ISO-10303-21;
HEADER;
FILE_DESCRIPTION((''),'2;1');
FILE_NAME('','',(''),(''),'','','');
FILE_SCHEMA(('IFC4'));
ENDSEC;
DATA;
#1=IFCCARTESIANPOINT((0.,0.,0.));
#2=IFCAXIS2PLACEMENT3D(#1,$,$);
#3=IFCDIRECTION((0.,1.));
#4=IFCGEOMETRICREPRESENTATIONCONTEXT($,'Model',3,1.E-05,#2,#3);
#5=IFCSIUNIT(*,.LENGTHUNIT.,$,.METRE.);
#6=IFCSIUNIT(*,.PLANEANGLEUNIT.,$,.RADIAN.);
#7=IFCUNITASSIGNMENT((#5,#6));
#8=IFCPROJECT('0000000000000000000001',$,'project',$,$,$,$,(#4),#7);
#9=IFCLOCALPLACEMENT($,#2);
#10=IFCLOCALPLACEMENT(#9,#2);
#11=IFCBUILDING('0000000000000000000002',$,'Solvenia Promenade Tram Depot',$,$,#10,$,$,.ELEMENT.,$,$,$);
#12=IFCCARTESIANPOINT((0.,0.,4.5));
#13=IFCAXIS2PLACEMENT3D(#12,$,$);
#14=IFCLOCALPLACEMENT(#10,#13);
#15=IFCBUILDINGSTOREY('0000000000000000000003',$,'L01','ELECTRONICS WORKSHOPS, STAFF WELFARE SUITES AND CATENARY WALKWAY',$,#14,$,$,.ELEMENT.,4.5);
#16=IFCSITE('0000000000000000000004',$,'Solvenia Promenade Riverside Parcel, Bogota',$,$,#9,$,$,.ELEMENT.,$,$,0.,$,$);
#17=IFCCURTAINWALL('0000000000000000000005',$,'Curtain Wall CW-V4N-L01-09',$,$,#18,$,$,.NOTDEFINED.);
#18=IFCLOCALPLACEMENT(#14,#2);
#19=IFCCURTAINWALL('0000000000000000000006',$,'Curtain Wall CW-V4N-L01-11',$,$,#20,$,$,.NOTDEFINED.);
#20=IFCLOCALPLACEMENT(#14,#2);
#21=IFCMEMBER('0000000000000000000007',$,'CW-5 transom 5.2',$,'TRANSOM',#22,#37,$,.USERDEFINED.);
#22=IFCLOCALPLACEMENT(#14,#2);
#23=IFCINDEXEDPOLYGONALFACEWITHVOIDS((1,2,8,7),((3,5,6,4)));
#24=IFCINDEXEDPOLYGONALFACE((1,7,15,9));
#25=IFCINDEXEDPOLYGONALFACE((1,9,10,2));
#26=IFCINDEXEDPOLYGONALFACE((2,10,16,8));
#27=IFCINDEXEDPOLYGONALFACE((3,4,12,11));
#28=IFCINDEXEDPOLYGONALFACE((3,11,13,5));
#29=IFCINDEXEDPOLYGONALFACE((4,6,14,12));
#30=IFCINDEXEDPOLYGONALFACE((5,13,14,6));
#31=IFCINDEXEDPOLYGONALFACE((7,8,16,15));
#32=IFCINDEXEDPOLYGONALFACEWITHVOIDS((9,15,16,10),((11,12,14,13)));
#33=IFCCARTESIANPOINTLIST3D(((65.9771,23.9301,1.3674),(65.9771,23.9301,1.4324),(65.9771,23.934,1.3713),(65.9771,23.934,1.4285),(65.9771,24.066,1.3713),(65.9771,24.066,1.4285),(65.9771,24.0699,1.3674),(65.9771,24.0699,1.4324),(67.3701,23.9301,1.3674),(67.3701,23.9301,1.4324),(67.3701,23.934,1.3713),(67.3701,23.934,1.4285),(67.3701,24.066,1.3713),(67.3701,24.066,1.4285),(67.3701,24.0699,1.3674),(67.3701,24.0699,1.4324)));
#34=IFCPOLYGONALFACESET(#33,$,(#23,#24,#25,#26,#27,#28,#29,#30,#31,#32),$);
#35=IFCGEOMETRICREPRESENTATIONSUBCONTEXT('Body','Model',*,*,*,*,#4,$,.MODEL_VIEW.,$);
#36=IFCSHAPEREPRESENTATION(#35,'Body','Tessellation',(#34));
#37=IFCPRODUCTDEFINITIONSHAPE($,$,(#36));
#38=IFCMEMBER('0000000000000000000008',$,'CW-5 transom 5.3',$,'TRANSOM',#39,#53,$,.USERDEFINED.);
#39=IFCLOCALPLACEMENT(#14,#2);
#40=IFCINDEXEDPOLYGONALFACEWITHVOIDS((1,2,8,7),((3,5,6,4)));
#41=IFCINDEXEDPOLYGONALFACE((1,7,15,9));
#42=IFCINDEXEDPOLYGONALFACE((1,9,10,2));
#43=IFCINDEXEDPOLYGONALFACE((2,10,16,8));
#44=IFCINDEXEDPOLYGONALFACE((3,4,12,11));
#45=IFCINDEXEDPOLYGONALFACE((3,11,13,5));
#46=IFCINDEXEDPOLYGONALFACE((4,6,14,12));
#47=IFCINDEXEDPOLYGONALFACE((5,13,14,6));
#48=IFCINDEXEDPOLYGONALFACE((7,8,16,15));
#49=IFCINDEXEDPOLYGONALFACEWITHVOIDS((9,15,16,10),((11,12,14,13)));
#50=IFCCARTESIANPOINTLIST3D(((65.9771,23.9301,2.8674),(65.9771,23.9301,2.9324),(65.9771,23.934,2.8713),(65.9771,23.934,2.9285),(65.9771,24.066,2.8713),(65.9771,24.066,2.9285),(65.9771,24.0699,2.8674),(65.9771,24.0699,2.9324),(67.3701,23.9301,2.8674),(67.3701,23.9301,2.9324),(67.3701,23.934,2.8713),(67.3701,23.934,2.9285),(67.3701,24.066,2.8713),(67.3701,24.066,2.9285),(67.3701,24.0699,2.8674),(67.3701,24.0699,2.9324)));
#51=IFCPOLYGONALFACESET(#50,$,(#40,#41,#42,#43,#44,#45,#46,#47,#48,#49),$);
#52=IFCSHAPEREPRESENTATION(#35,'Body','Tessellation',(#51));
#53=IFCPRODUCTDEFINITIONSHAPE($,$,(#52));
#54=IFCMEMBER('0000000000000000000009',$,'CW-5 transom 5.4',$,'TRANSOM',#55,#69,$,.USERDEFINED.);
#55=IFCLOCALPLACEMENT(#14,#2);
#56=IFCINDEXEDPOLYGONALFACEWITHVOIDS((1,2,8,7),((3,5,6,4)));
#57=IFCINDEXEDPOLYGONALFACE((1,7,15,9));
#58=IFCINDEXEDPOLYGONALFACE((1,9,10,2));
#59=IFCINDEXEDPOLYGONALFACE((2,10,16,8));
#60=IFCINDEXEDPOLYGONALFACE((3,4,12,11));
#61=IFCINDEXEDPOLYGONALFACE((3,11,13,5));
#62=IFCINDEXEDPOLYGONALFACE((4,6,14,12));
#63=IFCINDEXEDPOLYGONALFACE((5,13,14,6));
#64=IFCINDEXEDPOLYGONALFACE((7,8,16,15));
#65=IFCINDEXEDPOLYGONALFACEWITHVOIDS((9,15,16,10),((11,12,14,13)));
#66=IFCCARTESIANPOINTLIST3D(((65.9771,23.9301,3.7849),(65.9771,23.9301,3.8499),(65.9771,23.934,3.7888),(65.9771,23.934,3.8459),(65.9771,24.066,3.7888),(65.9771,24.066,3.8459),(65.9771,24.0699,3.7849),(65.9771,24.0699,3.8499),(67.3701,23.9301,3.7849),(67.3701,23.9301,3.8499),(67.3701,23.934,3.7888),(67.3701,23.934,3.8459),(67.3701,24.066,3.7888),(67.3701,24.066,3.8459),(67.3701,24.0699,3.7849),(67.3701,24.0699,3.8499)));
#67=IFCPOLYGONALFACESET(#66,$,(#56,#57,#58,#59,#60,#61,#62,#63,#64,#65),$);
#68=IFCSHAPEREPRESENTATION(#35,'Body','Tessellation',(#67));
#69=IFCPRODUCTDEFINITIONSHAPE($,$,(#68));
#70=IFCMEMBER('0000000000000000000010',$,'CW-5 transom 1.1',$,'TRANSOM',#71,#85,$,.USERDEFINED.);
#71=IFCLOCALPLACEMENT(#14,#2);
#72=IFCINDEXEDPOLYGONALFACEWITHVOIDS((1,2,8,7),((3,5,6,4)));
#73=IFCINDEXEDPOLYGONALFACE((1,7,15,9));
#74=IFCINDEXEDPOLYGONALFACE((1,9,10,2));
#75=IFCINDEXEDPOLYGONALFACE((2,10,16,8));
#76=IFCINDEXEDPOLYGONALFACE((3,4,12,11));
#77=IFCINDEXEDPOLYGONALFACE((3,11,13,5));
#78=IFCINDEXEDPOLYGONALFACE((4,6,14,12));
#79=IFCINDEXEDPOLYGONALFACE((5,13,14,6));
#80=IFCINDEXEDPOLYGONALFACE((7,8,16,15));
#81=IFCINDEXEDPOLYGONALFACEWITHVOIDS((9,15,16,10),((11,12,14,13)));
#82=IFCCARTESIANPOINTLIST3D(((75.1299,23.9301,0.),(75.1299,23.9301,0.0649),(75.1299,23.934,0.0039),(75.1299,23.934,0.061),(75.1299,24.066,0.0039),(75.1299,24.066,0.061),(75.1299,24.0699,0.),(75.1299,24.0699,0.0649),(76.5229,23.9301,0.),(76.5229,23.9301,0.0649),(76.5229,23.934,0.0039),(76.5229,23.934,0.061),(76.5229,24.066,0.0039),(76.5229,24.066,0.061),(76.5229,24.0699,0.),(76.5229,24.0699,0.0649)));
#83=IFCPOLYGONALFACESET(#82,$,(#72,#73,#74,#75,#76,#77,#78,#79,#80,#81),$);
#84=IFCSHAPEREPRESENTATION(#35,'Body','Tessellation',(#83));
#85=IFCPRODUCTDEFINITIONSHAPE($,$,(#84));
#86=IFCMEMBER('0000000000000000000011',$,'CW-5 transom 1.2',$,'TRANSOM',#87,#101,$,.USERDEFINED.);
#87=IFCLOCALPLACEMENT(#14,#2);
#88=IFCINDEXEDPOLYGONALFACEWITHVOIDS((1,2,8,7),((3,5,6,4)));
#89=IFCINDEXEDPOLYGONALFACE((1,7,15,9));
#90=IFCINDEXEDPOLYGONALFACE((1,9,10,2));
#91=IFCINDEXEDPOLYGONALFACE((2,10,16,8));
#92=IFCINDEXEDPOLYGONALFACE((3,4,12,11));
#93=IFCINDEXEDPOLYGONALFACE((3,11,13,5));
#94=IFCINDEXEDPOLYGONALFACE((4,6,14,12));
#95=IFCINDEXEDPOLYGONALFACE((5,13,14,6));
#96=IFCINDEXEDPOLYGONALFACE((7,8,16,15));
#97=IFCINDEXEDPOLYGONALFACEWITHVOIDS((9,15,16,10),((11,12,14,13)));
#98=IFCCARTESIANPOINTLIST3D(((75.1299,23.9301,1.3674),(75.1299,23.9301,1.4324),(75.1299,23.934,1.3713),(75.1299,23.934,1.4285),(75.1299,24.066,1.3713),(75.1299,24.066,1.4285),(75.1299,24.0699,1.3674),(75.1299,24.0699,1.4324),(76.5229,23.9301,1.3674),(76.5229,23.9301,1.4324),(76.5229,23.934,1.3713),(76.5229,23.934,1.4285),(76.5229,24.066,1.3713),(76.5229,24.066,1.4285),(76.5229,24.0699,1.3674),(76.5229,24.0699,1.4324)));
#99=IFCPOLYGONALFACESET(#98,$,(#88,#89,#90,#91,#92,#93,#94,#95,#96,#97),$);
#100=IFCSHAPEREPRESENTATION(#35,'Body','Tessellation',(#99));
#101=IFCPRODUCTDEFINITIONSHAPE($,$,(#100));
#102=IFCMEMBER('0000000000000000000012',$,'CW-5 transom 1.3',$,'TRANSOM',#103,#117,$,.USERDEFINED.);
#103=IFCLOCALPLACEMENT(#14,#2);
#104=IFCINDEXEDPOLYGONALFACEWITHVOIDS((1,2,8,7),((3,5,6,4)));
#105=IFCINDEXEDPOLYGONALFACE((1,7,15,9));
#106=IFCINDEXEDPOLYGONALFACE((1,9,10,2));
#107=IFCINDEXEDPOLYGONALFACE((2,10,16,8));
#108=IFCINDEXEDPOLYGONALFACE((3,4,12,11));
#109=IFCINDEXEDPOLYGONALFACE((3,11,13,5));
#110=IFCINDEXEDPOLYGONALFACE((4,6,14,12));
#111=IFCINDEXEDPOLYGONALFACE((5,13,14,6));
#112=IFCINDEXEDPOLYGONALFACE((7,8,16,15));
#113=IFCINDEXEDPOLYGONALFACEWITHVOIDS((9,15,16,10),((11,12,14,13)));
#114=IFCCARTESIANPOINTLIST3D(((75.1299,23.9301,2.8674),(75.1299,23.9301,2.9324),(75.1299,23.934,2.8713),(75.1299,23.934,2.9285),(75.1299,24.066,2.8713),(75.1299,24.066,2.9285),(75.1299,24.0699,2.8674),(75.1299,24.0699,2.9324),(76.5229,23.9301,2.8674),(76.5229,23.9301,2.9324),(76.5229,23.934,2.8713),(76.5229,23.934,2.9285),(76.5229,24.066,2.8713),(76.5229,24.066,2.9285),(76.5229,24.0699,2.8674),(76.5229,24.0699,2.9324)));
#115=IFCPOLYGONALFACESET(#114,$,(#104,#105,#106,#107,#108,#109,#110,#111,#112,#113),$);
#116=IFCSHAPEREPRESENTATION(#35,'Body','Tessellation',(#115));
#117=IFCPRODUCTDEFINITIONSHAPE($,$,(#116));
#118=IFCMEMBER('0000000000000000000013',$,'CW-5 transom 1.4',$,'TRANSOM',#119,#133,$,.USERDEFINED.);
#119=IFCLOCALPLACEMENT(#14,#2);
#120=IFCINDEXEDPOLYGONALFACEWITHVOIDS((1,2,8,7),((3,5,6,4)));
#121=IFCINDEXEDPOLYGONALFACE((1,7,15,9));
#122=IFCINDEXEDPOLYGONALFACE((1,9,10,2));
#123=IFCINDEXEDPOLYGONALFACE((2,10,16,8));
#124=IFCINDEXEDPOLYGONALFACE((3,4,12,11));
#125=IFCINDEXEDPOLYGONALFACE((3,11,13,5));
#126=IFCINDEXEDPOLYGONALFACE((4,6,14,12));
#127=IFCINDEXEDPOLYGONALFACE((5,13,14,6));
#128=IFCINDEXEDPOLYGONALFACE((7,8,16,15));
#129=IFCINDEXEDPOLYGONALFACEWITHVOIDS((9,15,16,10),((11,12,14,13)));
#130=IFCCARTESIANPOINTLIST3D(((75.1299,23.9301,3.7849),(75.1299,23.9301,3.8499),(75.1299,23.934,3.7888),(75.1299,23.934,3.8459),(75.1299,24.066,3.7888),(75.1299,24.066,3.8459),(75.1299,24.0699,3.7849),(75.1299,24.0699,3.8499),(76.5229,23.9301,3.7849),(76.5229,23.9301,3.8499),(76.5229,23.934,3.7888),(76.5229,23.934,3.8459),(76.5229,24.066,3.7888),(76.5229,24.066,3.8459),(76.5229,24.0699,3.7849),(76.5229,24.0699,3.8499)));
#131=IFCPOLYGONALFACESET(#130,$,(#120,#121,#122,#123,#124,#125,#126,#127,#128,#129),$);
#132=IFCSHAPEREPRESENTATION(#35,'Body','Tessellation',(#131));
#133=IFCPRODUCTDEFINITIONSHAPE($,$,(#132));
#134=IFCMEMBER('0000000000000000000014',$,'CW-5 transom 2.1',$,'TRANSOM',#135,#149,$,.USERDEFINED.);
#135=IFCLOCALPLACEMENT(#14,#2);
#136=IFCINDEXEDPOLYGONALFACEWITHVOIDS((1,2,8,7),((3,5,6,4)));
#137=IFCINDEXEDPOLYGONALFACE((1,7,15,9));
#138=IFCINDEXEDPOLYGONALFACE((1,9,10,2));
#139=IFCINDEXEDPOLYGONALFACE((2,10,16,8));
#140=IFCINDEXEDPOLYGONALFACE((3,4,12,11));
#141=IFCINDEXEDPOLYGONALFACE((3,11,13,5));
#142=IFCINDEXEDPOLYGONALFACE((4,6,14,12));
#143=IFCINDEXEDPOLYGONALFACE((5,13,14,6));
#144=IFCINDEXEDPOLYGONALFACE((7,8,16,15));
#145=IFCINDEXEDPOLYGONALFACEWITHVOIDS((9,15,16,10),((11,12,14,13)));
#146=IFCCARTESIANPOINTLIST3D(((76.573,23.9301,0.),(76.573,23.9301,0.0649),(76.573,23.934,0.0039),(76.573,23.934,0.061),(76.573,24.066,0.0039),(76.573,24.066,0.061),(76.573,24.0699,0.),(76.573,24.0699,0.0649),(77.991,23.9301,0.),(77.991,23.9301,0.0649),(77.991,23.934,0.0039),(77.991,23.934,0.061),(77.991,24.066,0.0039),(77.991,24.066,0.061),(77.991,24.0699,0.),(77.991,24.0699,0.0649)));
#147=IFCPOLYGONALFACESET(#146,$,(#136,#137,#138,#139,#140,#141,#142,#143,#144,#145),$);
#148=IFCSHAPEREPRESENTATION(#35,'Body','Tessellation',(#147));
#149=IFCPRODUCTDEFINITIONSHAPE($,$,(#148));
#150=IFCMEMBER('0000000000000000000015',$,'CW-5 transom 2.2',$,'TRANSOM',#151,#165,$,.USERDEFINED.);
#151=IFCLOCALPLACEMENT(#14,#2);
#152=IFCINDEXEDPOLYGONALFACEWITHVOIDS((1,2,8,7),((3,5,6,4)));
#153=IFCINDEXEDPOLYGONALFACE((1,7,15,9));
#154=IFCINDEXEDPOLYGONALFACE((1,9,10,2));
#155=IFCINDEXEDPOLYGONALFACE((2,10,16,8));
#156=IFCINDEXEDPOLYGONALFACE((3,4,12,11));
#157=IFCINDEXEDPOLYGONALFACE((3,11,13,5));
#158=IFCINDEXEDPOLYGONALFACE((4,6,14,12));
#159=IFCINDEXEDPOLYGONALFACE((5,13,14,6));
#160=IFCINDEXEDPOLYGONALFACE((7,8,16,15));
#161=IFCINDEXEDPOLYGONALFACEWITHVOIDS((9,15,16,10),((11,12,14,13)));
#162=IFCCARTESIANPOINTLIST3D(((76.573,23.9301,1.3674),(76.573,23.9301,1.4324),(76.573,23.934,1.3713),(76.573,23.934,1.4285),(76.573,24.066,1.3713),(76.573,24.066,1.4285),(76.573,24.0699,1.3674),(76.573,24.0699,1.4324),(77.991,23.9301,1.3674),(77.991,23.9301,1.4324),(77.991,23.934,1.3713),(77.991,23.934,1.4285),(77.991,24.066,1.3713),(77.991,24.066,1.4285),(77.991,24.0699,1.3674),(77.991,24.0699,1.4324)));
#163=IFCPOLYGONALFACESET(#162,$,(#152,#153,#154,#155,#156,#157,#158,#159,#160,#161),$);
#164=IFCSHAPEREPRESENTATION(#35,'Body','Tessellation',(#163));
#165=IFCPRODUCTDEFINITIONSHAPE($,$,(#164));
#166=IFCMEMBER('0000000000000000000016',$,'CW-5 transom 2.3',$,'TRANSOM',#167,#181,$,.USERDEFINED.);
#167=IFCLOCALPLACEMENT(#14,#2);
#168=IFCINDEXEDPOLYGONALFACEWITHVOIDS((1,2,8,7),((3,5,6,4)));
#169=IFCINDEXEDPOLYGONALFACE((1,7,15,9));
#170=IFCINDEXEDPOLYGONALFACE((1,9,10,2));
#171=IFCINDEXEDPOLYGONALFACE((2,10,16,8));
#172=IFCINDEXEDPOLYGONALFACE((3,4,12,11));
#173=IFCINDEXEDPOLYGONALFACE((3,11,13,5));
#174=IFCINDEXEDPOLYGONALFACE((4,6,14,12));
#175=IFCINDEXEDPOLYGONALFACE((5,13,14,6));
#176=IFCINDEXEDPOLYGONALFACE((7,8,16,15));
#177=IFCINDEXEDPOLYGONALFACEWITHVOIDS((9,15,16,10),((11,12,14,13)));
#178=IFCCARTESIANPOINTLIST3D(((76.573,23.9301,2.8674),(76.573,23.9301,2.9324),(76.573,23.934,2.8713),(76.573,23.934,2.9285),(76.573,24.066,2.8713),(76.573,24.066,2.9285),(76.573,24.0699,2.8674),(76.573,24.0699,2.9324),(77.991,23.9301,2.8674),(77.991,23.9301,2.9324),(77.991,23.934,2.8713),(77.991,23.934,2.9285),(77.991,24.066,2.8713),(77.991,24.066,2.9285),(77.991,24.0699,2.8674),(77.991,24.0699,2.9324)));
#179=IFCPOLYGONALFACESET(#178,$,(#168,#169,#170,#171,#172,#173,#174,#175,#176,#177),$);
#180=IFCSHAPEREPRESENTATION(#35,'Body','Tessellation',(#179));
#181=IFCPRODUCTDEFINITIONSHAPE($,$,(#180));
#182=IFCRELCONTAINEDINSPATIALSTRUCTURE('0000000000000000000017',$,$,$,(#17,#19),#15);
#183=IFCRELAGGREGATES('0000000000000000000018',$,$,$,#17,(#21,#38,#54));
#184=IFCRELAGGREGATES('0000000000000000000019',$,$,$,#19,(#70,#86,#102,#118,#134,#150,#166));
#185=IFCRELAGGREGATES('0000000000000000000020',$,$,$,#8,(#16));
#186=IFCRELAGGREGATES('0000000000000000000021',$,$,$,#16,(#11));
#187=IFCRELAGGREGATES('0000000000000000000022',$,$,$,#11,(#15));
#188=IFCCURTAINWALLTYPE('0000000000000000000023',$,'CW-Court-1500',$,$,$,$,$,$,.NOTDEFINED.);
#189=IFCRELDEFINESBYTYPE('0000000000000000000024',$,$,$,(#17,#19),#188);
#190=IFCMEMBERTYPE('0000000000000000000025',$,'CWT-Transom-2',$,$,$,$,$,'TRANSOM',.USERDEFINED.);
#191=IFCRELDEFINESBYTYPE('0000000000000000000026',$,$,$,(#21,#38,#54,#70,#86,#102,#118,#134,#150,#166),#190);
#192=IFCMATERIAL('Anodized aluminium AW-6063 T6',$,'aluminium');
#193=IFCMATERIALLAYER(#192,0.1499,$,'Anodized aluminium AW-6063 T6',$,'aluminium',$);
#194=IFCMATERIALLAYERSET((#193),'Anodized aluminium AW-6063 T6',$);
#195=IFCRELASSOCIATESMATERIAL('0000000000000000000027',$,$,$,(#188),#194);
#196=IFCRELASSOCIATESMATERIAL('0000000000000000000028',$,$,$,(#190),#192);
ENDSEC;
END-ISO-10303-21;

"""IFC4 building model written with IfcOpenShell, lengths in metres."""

from ifc_helpers import new_model, si_unit, direction, frame, origin, origin_2d, place, context, subcontext, project, spatial, hollow_rectangle, extrude, material, layer, layer_set, material_profile, profile_set, type_object, element, aggregate, save


model = new_model("IFC4")

# Units and contexts
model_context = context("Model", 3, precision=1e-05, world=origin(), true_north=direction((0.0, 1.0)))
body_context = subcontext(model_context, "Body", "Model", "MODEL_VIEW")
ifc_project = project(units=[si_unit("LENGTHUNIT", "METRE"), si_unit("PLANEANGLEUNIT", "RADIAN")], contexts=[model_context])

# Site, building, storey
site_placement = place(None, origin())
site = spatial("IfcSite", under=ifc_project, at=site_placement, Name="Solvenia Promenade Riverside Parcel, Bogota", CompositionType="ELEMENT", RefElevation=0.0)
building_placement = place(site_placement, origin())
building = spatial("IfcBuilding", under=site, at=building_placement, Name="Solvenia Promenade Tram Depot", CompositionType="ELEMENT")
storey_placement = place(building_placement, frame((0.0, 0.0, 4.5)))
storey = spatial("IfcBuildingStorey", under=building, at=storey_placement, Name="L01", Description="ELECTRONICS WORKSHOPS, STAFF WELFARE SUITES AND CATENARY WALKWAY", CompositionType="ELEMENT", Elevation=4.5)

# Curtain walls
ifc_material_1 = material(Name="Anodized aluminium AW-6063 T6", Category="aluminium")
ifc_layer_1 = layer(ifc_material_1, 0.1499, Name="Anodized aluminium AW-6063 T6", Category="aluminium")
ifc_layer_set_1 = layer_set([ifc_layer_1], Name="Anodized aluminium AW-6063 T6")
curtain_wall_type = type_object("IfcCurtainWallType", Name="CW-Court-1500", PredefinedType="NOTDEFINED", material=ifc_layer_set_1)
curtain_wall_1_placement = place(storey_placement, origin())
curtain_wall_1 = element("IfcCurtainWall", 1, at=curtain_wall_1_placement, inside=storey, type_object=curtain_wall_type, Name="Curtain Wall CW-V4N-L01-09", PredefinedType="NOTDEFINED")
curtain_wall_2_placement = place(storey_placement, origin())
curtain_wall_2 = element("IfcCurtainWall", 2, at=curtain_wall_2_placement, inside=storey, type_object=curtain_wall_type, Name="Curtain Wall CW-V4N-L01-11", PredefinedType="NOTDEFINED")

# Members
ifc_material_profile_1 = material_profile(ifc_material_1, hollow_rectangle(XDim=0.1399, YDim=0.0649, WallThickness=0.0039, at=origin_2d()), Name="ALU-T2", Category="aluminium")
ifc_profile_set_1 = profile_set([ifc_material_profile_1], Name="Anodized aluminium AW-6063 T6")
member_type_1 = type_object("IfcMemberType", Name="CWT-Transom-2", ElementType="TRANSOM", PredefinedType="USERDEFINED", material=ifc_profile_set_1)
member_1_placement = place(storey_placement, frame((65.9771, 24.0, 1.3999), z_axis=(1.0, 0.0, 0.0), x_axis=(0.0, 1.0, 0.0)))
member_1 = element("IfcMember", 3, at=member_1_placement, type_object=member_type_1, Name="CW-5 transom 5.2", ObjectType="TRANSOM", PredefinedType="USERDEFINED", context=body_context, shape_type="SweptSolid", body=[
    extrude(hollow_rectangle(XDim=0.1399, YDim=0.0649, WallThickness=0.0039, at=origin_2d()), origin(), (0.0, 0.0, 1.0), 1.3931),
])
member_2_placement = place(storey_placement, frame((65.9771, 24.0, 2.8999), z_axis=(1.0, 0.0, 0.0), x_axis=(0.0, 1.0, 0.0)))
member_2 = element("IfcMember", 4, at=member_2_placement, type_object=member_type_1, Name="CW-5 transom 5.3", ObjectType="TRANSOM", PredefinedType="USERDEFINED", context=body_context, shape_type="SweptSolid", body=[
    extrude(hollow_rectangle(XDim=0.1399, YDim=0.0649, WallThickness=0.0039, at=origin_2d()), origin(), (0.0, 0.0, 1.0), 1.3931),
])
member_3_placement = place(storey_placement, frame((65.9771, 24.0, 3.8174), z_axis=(1.0, 0.0, 0.0), x_axis=(0.0, 1.0, 0.0)))
member_3 = element("IfcMember", 5, at=member_3_placement, type_object=member_type_1, Name="CW-5 transom 5.4", ObjectType="TRANSOM", PredefinedType="USERDEFINED", context=body_context, shape_type="SweptSolid", body=[
    extrude(hollow_rectangle(XDim=0.1399, YDim=0.0649, WallThickness=0.0039, at=origin_2d()), origin(), (0.0, 0.0, 1.0), 1.3931),
])
member_4_placement = place(storey_placement, frame((75.1299, 24.0, 0.0325), z_axis=(1.0, 0.0, 0.0), x_axis=(0.0, 1.0, 0.0)))
member_4 = element("IfcMember", 6, at=member_4_placement, type_object=member_type_1, Name="CW-5 transom 1.1", ObjectType="TRANSOM", PredefinedType="USERDEFINED", context=body_context, shape_type="SweptSolid", body=[
    extrude(hollow_rectangle(XDim=0.1399, YDim=0.0649, WallThickness=0.0039, at=origin_2d()), origin(), (0.0, 0.0, 1.0), 1.3931),
])
member_5_placement = place(storey_placement, frame((75.1299, 24.0, 1.3999), z_axis=(1.0, 0.0, 0.0), x_axis=(0.0, 1.0, 0.0)))
member_5 = element("IfcMember", 7, at=member_5_placement, type_object=member_type_1, Name="CW-5 transom 1.2", ObjectType="TRANSOM", PredefinedType="USERDEFINED", context=body_context, shape_type="SweptSolid", body=[
    extrude(hollow_rectangle(XDim=0.1399, YDim=0.0649, WallThickness=0.0039, at=origin_2d()), origin(), (0.0, 0.0, 1.0), 1.3931),
])
member_6_placement = place(storey_placement, frame((75.1299, 24.0, 2.8999), z_axis=(1.0, 0.0, 0.0), x_axis=(0.0, 1.0, 0.0)))
member_6 = element("IfcMember", 8, at=member_6_placement, type_object=member_type_1, Name="CW-5 transom 1.3", ObjectType="TRANSOM", PredefinedType="USERDEFINED", context=body_context, shape_type="SweptSolid", body=[
    extrude(hollow_rectangle(XDim=0.1399, YDim=0.0649, WallThickness=0.0039, at=origin_2d()), origin(), (0.0, 0.0, 1.0), 1.3931),
])
member_7_placement = place(storey_placement, frame((75.1299, 24.0, 3.8174), z_axis=(1.0, 0.0, 0.0), x_axis=(0.0, 1.0, 0.0)))
member_7 = element("IfcMember", 9, at=member_7_placement, type_object=member_type_1, Name="CW-5 transom 1.4", ObjectType="TRANSOM", PredefinedType="USERDEFINED", context=body_context, shape_type="SweptSolid", body=[
    extrude(hollow_rectangle(XDim=0.1399, YDim=0.0649, WallThickness=0.0039, at=origin_2d()), origin(), (0.0, 0.0, 1.0), 1.3931),
])
member_8_placement = place(storey_placement, frame((76.573, 24.0, 0.0325), z_axis=(1.0, 0.0, 0.0), x_axis=(0.0, 1.0, 0.0)))
member_8 = element("IfcMember", 10, at=member_8_placement, type_object=member_type_1, Name="CW-5 transom 2.1", ObjectType="TRANSOM", PredefinedType="USERDEFINED", context=body_context, shape_type="SweptSolid", body=[
    extrude(hollow_rectangle(XDim=0.1399, YDim=0.0649, WallThickness=0.0039, at=origin_2d()), origin(), (0.0, 0.0, 1.0), 1.418),
])
member_9_placement = place(storey_placement, frame((76.573, 24.0, 1.3999), z_axis=(1.0, 0.0, 0.0), x_axis=(0.0, 1.0, 0.0)))
member_9 = element("IfcMember", 11, at=member_9_placement, type_object=member_type_1, Name="CW-5 transom 2.2", ObjectType="TRANSOM", PredefinedType="USERDEFINED", context=body_context, shape_type="SweptSolid", body=[
    extrude(hollow_rectangle(XDim=0.1399, YDim=0.0649, WallThickness=0.0039, at=origin_2d()), origin(), (0.0, 0.0, 1.0), 1.418),
])
member_10_placement = place(storey_placement, frame((76.573, 24.0, 2.8999), z_axis=(1.0, 0.0, 0.0), x_axis=(0.0, 1.0, 0.0)))
member_10 = element("IfcMember", 12, at=member_10_placement, type_object=member_type_1, Name="CW-5 transom 2.3", ObjectType="TRANSOM", PredefinedType="USERDEFINED", context=body_context, shape_type="SweptSolid", body=[
    extrude(hollow_rectangle(XDim=0.1399, YDim=0.0649, WallThickness=0.0039, at=origin_2d()), origin(), (0.0, 0.0, 1.0), 1.418),
])

aggregate(curtain_wall_1, [member_1, member_2, member_3])
aggregate(curtain_wall_2, [member_4, member_5, member_6, member_7, member_8, member_9, member_10])

save(model, "model.ifc")
